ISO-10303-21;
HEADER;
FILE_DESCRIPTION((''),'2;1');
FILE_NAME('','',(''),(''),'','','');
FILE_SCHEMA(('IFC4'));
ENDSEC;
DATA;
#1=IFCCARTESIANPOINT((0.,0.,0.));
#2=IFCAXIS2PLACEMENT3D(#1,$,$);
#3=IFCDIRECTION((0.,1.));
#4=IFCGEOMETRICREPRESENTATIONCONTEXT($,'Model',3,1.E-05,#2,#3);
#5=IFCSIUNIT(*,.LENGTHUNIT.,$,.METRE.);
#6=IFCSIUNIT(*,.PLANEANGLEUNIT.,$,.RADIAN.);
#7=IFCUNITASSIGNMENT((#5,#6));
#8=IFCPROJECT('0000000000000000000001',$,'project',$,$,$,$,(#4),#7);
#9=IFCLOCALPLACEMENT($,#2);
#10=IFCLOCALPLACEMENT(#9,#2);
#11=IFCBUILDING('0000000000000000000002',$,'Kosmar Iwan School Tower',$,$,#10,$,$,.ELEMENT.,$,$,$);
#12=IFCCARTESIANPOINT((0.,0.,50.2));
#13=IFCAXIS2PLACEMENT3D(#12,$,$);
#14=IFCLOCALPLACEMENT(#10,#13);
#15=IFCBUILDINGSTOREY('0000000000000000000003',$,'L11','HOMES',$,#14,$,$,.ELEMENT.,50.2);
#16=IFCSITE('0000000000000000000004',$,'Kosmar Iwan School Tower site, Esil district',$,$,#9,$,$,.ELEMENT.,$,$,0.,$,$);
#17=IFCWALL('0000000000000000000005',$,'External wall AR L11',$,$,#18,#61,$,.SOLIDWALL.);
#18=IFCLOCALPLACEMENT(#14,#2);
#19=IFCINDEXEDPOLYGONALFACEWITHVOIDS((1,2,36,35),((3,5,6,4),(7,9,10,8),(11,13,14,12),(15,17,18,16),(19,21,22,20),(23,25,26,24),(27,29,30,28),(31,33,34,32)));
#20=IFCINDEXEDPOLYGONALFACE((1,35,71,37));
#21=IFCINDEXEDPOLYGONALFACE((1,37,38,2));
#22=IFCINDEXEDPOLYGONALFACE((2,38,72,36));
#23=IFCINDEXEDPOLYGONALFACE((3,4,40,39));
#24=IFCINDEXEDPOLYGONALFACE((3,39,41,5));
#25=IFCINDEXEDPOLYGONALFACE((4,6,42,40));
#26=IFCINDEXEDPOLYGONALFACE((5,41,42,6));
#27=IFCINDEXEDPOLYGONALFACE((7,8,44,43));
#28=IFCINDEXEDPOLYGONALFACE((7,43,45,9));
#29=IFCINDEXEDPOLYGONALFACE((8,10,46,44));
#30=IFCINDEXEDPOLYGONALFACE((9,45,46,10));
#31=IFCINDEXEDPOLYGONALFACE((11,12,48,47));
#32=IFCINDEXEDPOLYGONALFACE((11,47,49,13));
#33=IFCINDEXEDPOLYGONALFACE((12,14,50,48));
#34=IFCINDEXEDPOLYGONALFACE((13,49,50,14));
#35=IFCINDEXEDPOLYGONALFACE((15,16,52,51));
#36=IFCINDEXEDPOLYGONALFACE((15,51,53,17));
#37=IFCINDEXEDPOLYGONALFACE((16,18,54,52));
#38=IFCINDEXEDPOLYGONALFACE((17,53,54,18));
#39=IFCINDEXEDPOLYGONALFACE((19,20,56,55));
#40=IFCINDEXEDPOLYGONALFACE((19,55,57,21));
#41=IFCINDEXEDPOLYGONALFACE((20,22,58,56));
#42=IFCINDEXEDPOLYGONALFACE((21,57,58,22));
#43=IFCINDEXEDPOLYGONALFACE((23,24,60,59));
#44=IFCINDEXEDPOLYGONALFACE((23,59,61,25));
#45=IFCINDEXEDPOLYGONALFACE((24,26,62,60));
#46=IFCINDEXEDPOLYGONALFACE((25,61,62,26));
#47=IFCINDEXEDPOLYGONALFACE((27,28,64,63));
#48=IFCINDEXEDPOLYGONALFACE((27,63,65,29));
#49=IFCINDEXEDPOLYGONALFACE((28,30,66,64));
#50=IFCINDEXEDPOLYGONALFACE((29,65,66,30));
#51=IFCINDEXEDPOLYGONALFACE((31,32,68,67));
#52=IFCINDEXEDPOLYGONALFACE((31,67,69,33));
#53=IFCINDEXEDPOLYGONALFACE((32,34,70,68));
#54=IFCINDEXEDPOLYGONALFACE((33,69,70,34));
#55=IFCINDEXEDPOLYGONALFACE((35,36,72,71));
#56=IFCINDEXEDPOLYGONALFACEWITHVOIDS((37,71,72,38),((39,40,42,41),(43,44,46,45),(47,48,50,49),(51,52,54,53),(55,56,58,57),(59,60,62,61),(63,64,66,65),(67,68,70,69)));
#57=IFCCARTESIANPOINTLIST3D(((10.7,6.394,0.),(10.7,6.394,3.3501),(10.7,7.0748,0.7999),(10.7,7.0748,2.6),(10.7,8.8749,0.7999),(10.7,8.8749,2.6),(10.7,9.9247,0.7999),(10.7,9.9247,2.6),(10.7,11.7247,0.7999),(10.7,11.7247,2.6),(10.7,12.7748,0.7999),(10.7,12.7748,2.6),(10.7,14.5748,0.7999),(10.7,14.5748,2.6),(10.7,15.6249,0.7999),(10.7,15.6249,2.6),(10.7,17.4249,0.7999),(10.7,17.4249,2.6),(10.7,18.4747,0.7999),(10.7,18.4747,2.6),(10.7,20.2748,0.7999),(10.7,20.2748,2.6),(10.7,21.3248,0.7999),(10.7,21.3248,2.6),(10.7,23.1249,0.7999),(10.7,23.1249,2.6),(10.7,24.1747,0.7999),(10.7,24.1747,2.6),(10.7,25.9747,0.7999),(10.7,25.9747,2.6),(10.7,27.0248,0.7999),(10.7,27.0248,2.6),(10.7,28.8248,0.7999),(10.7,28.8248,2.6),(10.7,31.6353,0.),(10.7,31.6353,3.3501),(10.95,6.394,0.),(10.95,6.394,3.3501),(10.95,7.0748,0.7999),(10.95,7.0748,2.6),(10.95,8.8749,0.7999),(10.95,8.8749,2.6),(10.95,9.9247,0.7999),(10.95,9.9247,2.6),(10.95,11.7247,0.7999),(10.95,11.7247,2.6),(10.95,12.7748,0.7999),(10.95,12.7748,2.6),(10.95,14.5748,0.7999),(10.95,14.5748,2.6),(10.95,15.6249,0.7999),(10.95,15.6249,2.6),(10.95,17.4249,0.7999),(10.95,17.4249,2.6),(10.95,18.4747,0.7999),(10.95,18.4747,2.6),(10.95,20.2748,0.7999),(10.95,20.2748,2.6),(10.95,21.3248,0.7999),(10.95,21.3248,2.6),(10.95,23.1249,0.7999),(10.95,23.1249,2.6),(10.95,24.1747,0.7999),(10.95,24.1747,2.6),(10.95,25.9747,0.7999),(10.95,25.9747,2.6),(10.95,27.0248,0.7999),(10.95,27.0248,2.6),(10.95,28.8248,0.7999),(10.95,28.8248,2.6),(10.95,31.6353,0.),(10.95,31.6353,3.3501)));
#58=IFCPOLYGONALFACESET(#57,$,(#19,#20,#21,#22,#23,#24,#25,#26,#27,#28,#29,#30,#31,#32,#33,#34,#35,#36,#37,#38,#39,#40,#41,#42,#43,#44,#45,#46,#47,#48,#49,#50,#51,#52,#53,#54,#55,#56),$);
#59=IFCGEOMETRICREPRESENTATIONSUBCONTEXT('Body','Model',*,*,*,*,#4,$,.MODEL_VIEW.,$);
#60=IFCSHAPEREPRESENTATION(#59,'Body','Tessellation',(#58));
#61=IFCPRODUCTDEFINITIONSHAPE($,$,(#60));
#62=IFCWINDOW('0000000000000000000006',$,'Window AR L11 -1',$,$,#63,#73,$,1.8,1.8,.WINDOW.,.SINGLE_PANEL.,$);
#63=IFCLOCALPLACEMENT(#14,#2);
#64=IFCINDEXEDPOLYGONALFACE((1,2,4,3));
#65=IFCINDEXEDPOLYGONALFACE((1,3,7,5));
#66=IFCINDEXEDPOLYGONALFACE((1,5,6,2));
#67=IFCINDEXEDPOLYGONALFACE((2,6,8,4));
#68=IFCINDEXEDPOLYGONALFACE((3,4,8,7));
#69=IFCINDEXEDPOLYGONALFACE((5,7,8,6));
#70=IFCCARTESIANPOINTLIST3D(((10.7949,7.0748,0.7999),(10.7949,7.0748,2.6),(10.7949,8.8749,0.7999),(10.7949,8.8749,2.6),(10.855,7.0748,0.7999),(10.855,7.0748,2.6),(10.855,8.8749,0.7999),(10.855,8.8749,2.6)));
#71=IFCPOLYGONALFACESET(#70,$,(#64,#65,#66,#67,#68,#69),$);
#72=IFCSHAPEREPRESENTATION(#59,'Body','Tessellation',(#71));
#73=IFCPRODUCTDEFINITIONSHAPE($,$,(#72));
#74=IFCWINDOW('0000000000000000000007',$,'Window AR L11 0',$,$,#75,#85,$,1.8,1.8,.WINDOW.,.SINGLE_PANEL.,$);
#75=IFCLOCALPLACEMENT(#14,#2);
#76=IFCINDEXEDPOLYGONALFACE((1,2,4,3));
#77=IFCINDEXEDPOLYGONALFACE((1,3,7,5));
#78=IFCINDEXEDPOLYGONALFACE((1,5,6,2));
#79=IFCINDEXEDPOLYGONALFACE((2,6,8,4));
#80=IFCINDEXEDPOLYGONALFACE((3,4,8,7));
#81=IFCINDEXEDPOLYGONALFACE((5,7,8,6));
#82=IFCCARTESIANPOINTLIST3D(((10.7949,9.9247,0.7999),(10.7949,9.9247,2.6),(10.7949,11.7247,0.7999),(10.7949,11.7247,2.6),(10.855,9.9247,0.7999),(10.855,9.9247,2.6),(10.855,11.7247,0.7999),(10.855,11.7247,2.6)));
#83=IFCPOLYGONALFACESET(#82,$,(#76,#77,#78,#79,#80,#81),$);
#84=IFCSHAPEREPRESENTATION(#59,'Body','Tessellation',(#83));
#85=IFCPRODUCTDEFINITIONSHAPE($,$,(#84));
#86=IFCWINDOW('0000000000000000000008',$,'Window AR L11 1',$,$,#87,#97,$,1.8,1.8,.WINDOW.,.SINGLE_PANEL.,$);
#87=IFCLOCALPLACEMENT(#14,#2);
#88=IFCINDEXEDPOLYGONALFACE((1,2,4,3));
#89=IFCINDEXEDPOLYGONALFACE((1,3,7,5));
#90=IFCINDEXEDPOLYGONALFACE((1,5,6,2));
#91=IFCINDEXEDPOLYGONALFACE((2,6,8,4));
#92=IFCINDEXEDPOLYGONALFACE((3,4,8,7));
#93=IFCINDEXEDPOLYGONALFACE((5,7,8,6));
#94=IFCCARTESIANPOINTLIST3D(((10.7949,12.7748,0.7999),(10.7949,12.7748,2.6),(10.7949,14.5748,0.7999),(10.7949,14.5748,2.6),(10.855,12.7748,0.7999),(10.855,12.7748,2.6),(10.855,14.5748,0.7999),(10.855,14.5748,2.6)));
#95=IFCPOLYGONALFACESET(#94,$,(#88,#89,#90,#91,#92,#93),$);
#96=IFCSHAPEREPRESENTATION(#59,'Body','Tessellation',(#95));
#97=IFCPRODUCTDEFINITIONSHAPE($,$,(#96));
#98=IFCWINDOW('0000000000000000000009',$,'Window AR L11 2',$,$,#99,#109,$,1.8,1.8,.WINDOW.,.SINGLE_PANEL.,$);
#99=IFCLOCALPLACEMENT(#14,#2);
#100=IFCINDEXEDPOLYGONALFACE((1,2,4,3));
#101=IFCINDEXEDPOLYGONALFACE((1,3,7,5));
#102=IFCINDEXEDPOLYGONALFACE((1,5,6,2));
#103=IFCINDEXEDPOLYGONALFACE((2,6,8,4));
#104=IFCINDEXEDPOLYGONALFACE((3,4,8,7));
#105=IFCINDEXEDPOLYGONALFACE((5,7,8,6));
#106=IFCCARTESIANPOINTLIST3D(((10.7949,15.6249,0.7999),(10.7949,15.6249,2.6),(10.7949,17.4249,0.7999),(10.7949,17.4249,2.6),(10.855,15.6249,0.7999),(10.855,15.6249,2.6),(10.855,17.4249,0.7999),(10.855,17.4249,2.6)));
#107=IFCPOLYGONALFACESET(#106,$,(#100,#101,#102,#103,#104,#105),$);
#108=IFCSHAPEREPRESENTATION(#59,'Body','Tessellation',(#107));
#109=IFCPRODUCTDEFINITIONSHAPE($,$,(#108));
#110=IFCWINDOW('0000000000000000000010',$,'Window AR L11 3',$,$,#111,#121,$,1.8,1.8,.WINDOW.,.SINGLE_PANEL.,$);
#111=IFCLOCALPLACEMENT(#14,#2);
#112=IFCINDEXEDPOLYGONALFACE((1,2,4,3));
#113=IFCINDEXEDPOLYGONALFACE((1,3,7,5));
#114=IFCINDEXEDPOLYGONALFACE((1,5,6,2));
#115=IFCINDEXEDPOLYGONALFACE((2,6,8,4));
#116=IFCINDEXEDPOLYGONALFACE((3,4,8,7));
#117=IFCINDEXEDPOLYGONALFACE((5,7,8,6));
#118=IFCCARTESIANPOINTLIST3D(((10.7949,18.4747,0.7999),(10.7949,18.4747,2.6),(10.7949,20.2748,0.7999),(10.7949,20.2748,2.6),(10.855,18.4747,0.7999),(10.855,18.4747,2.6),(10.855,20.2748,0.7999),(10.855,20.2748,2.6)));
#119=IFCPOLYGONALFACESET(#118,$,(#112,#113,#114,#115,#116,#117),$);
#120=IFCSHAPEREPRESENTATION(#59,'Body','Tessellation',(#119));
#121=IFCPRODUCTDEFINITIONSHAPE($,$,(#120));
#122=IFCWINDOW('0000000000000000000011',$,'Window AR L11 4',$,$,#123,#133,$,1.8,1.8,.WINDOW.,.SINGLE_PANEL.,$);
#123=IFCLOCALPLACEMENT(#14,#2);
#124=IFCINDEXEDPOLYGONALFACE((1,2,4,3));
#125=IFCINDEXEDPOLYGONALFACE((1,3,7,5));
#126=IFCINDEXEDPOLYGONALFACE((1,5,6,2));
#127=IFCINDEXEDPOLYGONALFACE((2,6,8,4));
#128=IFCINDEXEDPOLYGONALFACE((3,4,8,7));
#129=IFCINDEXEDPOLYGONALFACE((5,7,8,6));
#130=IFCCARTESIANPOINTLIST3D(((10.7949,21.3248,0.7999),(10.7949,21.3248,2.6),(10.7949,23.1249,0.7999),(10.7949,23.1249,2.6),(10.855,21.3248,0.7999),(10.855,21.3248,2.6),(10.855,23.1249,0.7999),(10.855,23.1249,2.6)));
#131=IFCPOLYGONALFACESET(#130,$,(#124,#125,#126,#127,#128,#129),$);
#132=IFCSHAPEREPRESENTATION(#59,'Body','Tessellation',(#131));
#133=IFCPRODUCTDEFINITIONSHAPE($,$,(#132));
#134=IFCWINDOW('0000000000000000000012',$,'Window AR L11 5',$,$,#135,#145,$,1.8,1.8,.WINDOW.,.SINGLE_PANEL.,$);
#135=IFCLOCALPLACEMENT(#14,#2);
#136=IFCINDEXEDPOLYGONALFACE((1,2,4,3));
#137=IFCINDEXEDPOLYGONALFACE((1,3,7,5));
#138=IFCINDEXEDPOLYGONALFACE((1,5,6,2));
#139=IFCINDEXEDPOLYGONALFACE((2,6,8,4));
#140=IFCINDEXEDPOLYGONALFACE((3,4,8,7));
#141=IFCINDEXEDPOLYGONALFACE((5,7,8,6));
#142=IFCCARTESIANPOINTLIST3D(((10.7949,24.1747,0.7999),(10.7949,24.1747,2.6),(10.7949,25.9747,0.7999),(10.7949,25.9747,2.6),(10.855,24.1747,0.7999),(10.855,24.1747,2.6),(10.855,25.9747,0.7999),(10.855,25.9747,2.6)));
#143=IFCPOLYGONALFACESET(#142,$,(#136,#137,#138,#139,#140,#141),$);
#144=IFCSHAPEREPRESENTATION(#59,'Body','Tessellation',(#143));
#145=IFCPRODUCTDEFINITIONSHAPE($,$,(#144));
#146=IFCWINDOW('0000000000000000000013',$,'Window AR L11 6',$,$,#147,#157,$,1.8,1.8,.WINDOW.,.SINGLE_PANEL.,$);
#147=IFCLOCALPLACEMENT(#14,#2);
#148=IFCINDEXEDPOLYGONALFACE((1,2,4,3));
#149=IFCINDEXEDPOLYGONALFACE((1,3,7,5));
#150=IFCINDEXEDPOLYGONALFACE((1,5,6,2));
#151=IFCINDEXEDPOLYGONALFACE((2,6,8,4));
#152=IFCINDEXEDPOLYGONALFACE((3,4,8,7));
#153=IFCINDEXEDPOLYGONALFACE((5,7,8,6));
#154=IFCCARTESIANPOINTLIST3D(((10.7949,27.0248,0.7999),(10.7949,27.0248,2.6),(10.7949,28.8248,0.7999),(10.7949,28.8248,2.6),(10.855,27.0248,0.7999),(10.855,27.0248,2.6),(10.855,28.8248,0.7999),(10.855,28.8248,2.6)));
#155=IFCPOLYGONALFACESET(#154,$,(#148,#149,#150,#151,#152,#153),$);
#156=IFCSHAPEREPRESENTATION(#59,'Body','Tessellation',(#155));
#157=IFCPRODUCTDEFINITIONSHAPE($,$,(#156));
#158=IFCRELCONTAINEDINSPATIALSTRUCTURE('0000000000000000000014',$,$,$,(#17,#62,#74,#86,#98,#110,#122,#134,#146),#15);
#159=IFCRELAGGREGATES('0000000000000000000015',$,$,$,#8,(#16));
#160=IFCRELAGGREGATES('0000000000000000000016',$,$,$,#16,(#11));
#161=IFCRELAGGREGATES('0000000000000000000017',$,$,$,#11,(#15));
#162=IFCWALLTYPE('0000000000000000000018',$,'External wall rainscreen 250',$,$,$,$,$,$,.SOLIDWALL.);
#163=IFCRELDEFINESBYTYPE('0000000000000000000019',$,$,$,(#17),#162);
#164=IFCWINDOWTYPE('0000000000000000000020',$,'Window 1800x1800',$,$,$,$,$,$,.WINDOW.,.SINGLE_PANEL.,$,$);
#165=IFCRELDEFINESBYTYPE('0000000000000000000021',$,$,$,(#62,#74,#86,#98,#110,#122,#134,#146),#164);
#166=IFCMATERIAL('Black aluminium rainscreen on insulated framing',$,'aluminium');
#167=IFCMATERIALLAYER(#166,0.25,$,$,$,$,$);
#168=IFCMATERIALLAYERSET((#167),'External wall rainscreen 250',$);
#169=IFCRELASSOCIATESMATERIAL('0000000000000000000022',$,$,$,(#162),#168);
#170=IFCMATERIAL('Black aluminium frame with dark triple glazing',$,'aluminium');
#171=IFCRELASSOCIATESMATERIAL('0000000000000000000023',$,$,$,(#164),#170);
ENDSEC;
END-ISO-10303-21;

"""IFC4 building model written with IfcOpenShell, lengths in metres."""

from ifc_helpers import new_model, si_unit, direction, frame, frame_2d, origin, place, context, subcontext, project, spatial, rectangle, extrude, material, layer, layer_set, type_object, element, fill, save


model = new_model("IFC4")

# Units and contexts
model_context = context("Model", 3, precision=1e-05, world=origin(), true_north=direction((0.0, 1.0)))
body_context = subcontext(model_context, "Body", "Model", "MODEL_VIEW")
ifc_project = project(units=[si_unit("LENGTHUNIT", "METRE"), si_unit("PLANEANGLEUNIT", "RADIAN")], contexts=[model_context])

# Site, building, storey
site_placement = place(None, origin())
site = spatial("IfcSite", under=ifc_project, at=site_placement, Name="Kosmar Iwan School Tower site, Esil district", CompositionType="ELEMENT", RefElevation=0.0)
building_placement = place(site_placement, origin())
building = spatial("IfcBuilding", under=site, at=building_placement, Name="Kosmar Iwan School Tower", CompositionType="ELEMENT")
storey_placement = place(building_placement, frame((0.0, 0.0, 50.2)))
storey = spatial("IfcBuildingStorey", under=building, at=storey_placement, Name="L11", Description="HOMES", CompositionType="ELEMENT", Elevation=50.2)

# Wall, openings, windows
ifc_material_1 = material(Name="Black aluminium rainscreen on insulated framing", Category="aluminium")
ifc_layer = layer(ifc_material_1, 0.25)
ifc_layer_set = layer_set([ifc_layer], Name="External wall rainscreen 250")
wall_type = type_object("IfcWallType", Name="External wall rainscreen 250", PredefinedType="SOLIDWALL", material=ifc_layer_set)
ifc_material_2 = material(Name="Black aluminium frame with dark triple glazing", Category="aluminium")
window_type = type_object("IfcWindowType", Name="Window 1800x1800", PartitioningType="SINGLE_PANEL", PredefinedType="WINDOW", material=ifc_material_2)
wall_1_placement = place(storey_placement, frame((10.825, 6.394, 0.0), z_axis=(0.0, 0.0, 1.0), x_axis=(0.0, 1.0, 0.0)))
wall_1 = element("IfcWall", 1, at=wall_1_placement, inside=storey, type_object=wall_type, Name="External wall AR L11", PredefinedType="SOLIDWALL", context=body_context, shape_type="SweptSolid", body=[
    extrude(rectangle(XDim=25.2412, YDim=0.25, at=frame_2d((12.6206, 0.0))), origin(), (0.0, 0.0, 1.0), 3.3501),
])
opening_1_placement = place(wall_1_placement, frame((0.6809, 0.0, 0.8)))
opening_1 = element("IfcOpeningElement", 2, at=opening_1_placement, cuts=wall_1, PredefinedType="OPENING", context=body_context, shape_type="SweptSolid", body=[
    extrude(rectangle(XDim=1.8, YDim=1.8, at=frame_2d((0.8999, 0.8999))), frame((0.0, 0.137, 0.0), z_axis=(0.0, -1.0, 0.0), x_axis=(1.0, 0.0, 0.0)), (0.0, 0.0, 1.0), 0.2739),
])
opening_2_placement = place(wall_1_placement, frame((3.5308, 0.0, 0.8)))
opening_2 = element("IfcOpeningElement", 3, at=opening_2_placement, cuts=wall_1, PredefinedType="OPENING", context=body_context, shape_type="SweptSolid", body=[
    extrude(rectangle(XDim=1.8, YDim=1.8, at=frame_2d((0.8999, 0.8999))), frame((0.0, 0.137, 0.0), z_axis=(0.0, -1.0, 0.0), x_axis=(1.0, 0.0, 0.0)), (0.0, 0.0, 1.0), 0.2739),
])
opening_3_placement = place(wall_1_placement, frame((6.3809, 0.0, 0.8)))
opening_3 = element("IfcOpeningElement", 4, at=opening_3_placement, cuts=wall_1, PredefinedType="OPENING", context=body_context, shape_type="SweptSolid", body=[
    extrude(rectangle(XDim=1.8, YDim=1.8, at=frame_2d((0.8999, 0.8999))), frame((0.0, 0.137, 0.0), z_axis=(0.0, -1.0, 0.0), x_axis=(1.0, 0.0, 0.0)), (0.0, 0.0, 1.0), 0.2739),
])
opening_4_placement = place(wall_1_placement, frame((9.231, 0.0, 0.8)))
opening_4 = element("IfcOpeningElement", 5, at=opening_4_placement, cuts=wall_1, PredefinedType="OPENING", context=body_context, shape_type="SweptSolid", body=[
    extrude(rectangle(XDim=1.8, YDim=1.8, at=frame_2d((0.8999, 0.8999))), frame((0.0, 0.137, 0.0), z_axis=(0.0, -1.0, 0.0), x_axis=(1.0, 0.0, 0.0)), (0.0, 0.0, 1.0), 0.2739),
])
opening_5_placement = place(wall_1_placement, frame((12.0808, 0.0, 0.8)))
opening_5 = element("IfcOpeningElement", 6, at=opening_5_placement, cuts=wall_1, PredefinedType="OPENING", context=body_context, shape_type="SweptSolid", body=[
    extrude(rectangle(XDim=1.8, YDim=1.8, at=frame_2d((0.8999, 0.8999))), frame((0.0, 0.137, 0.0), z_axis=(0.0, -1.0, 0.0), x_axis=(1.0, 0.0, 0.0)), (0.0, 0.0, 1.0), 0.2739),
])
opening_6_placement = place(wall_1_placement, frame((14.9309, 0.0, 0.8)))
opening_6 = element("IfcOpeningElement", 7, at=opening_6_placement, cuts=wall_1, PredefinedType="OPENING", context=body_context, shape_type="SweptSolid", body=[
    extrude(rectangle(XDim=1.8, YDim=1.8, at=frame_2d((0.8999, 0.8999))), frame((0.0, 0.137, 0.0), z_axis=(0.0, -1.0, 0.0), x_axis=(1.0, 0.0, 0.0)), (0.0, 0.0, 1.0), 0.2739),
])
opening_7_placement = place(wall_1_placement, frame((17.7808, 0.0, 0.8)))
opening_7 = element("IfcOpeningElement", 8, at=opening_7_placement, cuts=wall_1, PredefinedType="OPENING", context=body_context, shape_type="SweptSolid", body=[
    extrude(rectangle(XDim=1.8, YDim=1.8, at=frame_2d((0.8999, 0.8999))), frame((0.0, 0.137, 0.0), z_axis=(0.0, -1.0, 0.0), x_axis=(1.0, 0.0, 0.0)), (0.0, 0.0, 1.0), 0.2739),
])
opening_8_placement = place(wall_1_placement, frame((20.6309, 0.0, 0.8)))
opening_8 = element("IfcOpeningElement", 9, at=opening_8_placement, cuts=wall_1, PredefinedType="OPENING", context=body_context, shape_type="SweptSolid", body=[
    extrude(rectangle(XDim=1.8, YDim=1.8, at=frame_2d((0.8999, 0.8999))), frame((0.0, 0.137, 0.0), z_axis=(0.0, -1.0, 0.0), x_axis=(1.0, 0.0, 0.0)), (0.0, 0.0, 1.0), 0.2739),
])
window_1_placement = place(opening_1_placement, origin())
window_1 = element("IfcWindow", 10, at=window_1_placement, inside=storey, type_object=window_type, Name="Window AR L11 -1", OverallHeight=1.8, OverallWidth=1.8, PartitioningType="SINGLE_PANEL", PredefinedType="WINDOW", context=body_context, shape_type="SweptSolid", body=[
    extrude(rectangle(XDim=1.8, YDim=1.8, at=frame_2d((0.8999, 0.8999))), frame((0.0, 0.03, 0.0), z_axis=(0.0, -1.0, 0.0), x_axis=(1.0, 0.0, 0.0)), (0.0, 0.0, 1.0), 0.0601),
])
fill(opening_1, window_1)
window_2_placement = place(opening_2_placement, origin())
window_2 = element("IfcWindow", 11, at=window_2_placement, inside=storey, type_object=window_type, Name="Window AR L11 0", OverallHeight=1.8, OverallWidth=1.8, PartitioningType="SINGLE_PANEL", PredefinedType="WINDOW", context=body_context, shape_type="SweptSolid", body=[
    extrude(rectangle(XDim=1.8, YDim=1.8, at=frame_2d((0.8999, 0.8999))), frame((0.0, 0.03, 0.0), z_axis=(0.0, -1.0, 0.0), x_axis=(1.0, 0.0, 0.0)), (0.0, 0.0, 1.0), 0.0601),
])
fill(opening_2, window_2)
window_3_placement = place(opening_3_placement, origin())
window_3 = element("IfcWindow", 12, at=window_3_placement, inside=storey, type_object=window_type, Name="Window AR L11 1", OverallHeight=1.8, OverallWidth=1.8, PartitioningType="SINGLE_PANEL", PredefinedType="WINDOW", context=body_context, shape_type="SweptSolid", body=[
    extrude(rectangle(XDim=1.8, YDim=1.8, at=frame_2d((0.8999, 0.8999))), frame((0.0, 0.03, 0.0), z_axis=(0.0, -1.0, 0.0), x_axis=(1.0, 0.0, 0.0)), (0.0, 0.0, 1.0), 0.0601),
])
fill(opening_3, window_3)
window_4_placement = place(opening_4_placement, origin())
window_4 = element("IfcWindow", 13, at=window_4_placement, inside=storey, type_object=window_type, Name="Window AR L11 2", OverallHeight=1.8, OverallWidth=1.8, PartitioningType="SINGLE_PANEL", PredefinedType="WINDOW", context=body_context, shape_type="SweptSolid", body=[
    extrude(rectangle(XDim=1.8, YDim=1.8, at=frame_2d((0.8999, 0.8999))), frame((0.0, 0.03, 0.0), z_axis=(0.0, -1.0, 0.0), x_axis=(1.0, 0.0, 0.0)), (0.0, 0.0, 1.0), 0.0601),
])
fill(opening_4, window_4)
window_5_placement = place(opening_5_placement, origin())
window_5 = element("IfcWindow", 14, at=window_5_placement, inside=storey, type_object=window_type, Name="Window AR L11 3", OverallHeight=1.8, OverallWidth=1.8, PartitioningType="SINGLE_PANEL", PredefinedType="WINDOW", context=body_context, shape_type="SweptSolid", body=[
    extrude(rectangle(XDim=1.8, YDim=1.8, at=frame_2d((0.8999, 0.8999))), frame((0.0, 0.03, 0.0), z_axis=(0.0, -1.0, 0.0), x_axis=(1.0, 0.0, 0.0)), (0.0, 0.0, 1.0), 0.0601),
])
fill(opening_5, window_5)
window_6_placement = place(opening_6_placement, origin())
window_6 = element("IfcWindow", 15, at=window_6_placement, inside=storey, type_object=window_type, Name="Window AR L11 4", OverallHeight=1.8, OverallWidth=1.8, PartitioningType="SINGLE_PANEL", PredefinedType="WINDOW", context=body_context, shape_type="SweptSolid", body=[
    extrude(rectangle(XDim=1.8, YDim=1.8, at=frame_2d((0.8999, 0.8999))), frame((0.0, 0.03, 0.0), z_axis=(0.0, -1.0, 0.0), x_axis=(1.0, 0.0, 0.0)), (0.0, 0.0, 1.0), 0.0601),
])
fill(opening_6, window_6)
window_7_placement = place(opening_7_placement, origin())
window_7 = element("IfcWindow", 16, at=window_7_placement, inside=storey, type_object=window_type, Name="Window AR L11 5", OverallHeight=1.8, OverallWidth=1.8, PartitioningType="SINGLE_PANEL", PredefinedType="WINDOW", context=body_context, shape_type="SweptSolid", body=[
    extrude(rectangle(XDim=1.8, YDim=1.8, at=frame_2d((0.8999, 0.8999))), frame((0.0, 0.03, 0.0), z_axis=(0.0, -1.0, 0.0), x_axis=(1.0, 0.0, 0.0)), (0.0, 0.0, 1.0), 0.0601),
])
fill(opening_7, window_7)
window_8_placement = place(opening_8_placement, origin())
window_8 = element("IfcWindow", 17, at=window_8_placement, inside=storey, type_object=window_type, Name="Window AR L11 6", OverallHeight=1.8, OverallWidth=1.8, PartitioningType="SINGLE_PANEL", PredefinedType="WINDOW", context=body_context, shape_type="SweptSolid", body=[
    extrude(rectangle(XDim=1.8, YDim=1.8, at=frame_2d((0.8999, 0.8999))), frame((0.0, 0.03, 0.0), z_axis=(0.0, -1.0, 0.0), x_axis=(1.0, 0.0, 0.0)), (0.0, 0.0, 1.0), 0.0601),
])
fill(opening_8, window_8)

save(model, "model.ifc")
